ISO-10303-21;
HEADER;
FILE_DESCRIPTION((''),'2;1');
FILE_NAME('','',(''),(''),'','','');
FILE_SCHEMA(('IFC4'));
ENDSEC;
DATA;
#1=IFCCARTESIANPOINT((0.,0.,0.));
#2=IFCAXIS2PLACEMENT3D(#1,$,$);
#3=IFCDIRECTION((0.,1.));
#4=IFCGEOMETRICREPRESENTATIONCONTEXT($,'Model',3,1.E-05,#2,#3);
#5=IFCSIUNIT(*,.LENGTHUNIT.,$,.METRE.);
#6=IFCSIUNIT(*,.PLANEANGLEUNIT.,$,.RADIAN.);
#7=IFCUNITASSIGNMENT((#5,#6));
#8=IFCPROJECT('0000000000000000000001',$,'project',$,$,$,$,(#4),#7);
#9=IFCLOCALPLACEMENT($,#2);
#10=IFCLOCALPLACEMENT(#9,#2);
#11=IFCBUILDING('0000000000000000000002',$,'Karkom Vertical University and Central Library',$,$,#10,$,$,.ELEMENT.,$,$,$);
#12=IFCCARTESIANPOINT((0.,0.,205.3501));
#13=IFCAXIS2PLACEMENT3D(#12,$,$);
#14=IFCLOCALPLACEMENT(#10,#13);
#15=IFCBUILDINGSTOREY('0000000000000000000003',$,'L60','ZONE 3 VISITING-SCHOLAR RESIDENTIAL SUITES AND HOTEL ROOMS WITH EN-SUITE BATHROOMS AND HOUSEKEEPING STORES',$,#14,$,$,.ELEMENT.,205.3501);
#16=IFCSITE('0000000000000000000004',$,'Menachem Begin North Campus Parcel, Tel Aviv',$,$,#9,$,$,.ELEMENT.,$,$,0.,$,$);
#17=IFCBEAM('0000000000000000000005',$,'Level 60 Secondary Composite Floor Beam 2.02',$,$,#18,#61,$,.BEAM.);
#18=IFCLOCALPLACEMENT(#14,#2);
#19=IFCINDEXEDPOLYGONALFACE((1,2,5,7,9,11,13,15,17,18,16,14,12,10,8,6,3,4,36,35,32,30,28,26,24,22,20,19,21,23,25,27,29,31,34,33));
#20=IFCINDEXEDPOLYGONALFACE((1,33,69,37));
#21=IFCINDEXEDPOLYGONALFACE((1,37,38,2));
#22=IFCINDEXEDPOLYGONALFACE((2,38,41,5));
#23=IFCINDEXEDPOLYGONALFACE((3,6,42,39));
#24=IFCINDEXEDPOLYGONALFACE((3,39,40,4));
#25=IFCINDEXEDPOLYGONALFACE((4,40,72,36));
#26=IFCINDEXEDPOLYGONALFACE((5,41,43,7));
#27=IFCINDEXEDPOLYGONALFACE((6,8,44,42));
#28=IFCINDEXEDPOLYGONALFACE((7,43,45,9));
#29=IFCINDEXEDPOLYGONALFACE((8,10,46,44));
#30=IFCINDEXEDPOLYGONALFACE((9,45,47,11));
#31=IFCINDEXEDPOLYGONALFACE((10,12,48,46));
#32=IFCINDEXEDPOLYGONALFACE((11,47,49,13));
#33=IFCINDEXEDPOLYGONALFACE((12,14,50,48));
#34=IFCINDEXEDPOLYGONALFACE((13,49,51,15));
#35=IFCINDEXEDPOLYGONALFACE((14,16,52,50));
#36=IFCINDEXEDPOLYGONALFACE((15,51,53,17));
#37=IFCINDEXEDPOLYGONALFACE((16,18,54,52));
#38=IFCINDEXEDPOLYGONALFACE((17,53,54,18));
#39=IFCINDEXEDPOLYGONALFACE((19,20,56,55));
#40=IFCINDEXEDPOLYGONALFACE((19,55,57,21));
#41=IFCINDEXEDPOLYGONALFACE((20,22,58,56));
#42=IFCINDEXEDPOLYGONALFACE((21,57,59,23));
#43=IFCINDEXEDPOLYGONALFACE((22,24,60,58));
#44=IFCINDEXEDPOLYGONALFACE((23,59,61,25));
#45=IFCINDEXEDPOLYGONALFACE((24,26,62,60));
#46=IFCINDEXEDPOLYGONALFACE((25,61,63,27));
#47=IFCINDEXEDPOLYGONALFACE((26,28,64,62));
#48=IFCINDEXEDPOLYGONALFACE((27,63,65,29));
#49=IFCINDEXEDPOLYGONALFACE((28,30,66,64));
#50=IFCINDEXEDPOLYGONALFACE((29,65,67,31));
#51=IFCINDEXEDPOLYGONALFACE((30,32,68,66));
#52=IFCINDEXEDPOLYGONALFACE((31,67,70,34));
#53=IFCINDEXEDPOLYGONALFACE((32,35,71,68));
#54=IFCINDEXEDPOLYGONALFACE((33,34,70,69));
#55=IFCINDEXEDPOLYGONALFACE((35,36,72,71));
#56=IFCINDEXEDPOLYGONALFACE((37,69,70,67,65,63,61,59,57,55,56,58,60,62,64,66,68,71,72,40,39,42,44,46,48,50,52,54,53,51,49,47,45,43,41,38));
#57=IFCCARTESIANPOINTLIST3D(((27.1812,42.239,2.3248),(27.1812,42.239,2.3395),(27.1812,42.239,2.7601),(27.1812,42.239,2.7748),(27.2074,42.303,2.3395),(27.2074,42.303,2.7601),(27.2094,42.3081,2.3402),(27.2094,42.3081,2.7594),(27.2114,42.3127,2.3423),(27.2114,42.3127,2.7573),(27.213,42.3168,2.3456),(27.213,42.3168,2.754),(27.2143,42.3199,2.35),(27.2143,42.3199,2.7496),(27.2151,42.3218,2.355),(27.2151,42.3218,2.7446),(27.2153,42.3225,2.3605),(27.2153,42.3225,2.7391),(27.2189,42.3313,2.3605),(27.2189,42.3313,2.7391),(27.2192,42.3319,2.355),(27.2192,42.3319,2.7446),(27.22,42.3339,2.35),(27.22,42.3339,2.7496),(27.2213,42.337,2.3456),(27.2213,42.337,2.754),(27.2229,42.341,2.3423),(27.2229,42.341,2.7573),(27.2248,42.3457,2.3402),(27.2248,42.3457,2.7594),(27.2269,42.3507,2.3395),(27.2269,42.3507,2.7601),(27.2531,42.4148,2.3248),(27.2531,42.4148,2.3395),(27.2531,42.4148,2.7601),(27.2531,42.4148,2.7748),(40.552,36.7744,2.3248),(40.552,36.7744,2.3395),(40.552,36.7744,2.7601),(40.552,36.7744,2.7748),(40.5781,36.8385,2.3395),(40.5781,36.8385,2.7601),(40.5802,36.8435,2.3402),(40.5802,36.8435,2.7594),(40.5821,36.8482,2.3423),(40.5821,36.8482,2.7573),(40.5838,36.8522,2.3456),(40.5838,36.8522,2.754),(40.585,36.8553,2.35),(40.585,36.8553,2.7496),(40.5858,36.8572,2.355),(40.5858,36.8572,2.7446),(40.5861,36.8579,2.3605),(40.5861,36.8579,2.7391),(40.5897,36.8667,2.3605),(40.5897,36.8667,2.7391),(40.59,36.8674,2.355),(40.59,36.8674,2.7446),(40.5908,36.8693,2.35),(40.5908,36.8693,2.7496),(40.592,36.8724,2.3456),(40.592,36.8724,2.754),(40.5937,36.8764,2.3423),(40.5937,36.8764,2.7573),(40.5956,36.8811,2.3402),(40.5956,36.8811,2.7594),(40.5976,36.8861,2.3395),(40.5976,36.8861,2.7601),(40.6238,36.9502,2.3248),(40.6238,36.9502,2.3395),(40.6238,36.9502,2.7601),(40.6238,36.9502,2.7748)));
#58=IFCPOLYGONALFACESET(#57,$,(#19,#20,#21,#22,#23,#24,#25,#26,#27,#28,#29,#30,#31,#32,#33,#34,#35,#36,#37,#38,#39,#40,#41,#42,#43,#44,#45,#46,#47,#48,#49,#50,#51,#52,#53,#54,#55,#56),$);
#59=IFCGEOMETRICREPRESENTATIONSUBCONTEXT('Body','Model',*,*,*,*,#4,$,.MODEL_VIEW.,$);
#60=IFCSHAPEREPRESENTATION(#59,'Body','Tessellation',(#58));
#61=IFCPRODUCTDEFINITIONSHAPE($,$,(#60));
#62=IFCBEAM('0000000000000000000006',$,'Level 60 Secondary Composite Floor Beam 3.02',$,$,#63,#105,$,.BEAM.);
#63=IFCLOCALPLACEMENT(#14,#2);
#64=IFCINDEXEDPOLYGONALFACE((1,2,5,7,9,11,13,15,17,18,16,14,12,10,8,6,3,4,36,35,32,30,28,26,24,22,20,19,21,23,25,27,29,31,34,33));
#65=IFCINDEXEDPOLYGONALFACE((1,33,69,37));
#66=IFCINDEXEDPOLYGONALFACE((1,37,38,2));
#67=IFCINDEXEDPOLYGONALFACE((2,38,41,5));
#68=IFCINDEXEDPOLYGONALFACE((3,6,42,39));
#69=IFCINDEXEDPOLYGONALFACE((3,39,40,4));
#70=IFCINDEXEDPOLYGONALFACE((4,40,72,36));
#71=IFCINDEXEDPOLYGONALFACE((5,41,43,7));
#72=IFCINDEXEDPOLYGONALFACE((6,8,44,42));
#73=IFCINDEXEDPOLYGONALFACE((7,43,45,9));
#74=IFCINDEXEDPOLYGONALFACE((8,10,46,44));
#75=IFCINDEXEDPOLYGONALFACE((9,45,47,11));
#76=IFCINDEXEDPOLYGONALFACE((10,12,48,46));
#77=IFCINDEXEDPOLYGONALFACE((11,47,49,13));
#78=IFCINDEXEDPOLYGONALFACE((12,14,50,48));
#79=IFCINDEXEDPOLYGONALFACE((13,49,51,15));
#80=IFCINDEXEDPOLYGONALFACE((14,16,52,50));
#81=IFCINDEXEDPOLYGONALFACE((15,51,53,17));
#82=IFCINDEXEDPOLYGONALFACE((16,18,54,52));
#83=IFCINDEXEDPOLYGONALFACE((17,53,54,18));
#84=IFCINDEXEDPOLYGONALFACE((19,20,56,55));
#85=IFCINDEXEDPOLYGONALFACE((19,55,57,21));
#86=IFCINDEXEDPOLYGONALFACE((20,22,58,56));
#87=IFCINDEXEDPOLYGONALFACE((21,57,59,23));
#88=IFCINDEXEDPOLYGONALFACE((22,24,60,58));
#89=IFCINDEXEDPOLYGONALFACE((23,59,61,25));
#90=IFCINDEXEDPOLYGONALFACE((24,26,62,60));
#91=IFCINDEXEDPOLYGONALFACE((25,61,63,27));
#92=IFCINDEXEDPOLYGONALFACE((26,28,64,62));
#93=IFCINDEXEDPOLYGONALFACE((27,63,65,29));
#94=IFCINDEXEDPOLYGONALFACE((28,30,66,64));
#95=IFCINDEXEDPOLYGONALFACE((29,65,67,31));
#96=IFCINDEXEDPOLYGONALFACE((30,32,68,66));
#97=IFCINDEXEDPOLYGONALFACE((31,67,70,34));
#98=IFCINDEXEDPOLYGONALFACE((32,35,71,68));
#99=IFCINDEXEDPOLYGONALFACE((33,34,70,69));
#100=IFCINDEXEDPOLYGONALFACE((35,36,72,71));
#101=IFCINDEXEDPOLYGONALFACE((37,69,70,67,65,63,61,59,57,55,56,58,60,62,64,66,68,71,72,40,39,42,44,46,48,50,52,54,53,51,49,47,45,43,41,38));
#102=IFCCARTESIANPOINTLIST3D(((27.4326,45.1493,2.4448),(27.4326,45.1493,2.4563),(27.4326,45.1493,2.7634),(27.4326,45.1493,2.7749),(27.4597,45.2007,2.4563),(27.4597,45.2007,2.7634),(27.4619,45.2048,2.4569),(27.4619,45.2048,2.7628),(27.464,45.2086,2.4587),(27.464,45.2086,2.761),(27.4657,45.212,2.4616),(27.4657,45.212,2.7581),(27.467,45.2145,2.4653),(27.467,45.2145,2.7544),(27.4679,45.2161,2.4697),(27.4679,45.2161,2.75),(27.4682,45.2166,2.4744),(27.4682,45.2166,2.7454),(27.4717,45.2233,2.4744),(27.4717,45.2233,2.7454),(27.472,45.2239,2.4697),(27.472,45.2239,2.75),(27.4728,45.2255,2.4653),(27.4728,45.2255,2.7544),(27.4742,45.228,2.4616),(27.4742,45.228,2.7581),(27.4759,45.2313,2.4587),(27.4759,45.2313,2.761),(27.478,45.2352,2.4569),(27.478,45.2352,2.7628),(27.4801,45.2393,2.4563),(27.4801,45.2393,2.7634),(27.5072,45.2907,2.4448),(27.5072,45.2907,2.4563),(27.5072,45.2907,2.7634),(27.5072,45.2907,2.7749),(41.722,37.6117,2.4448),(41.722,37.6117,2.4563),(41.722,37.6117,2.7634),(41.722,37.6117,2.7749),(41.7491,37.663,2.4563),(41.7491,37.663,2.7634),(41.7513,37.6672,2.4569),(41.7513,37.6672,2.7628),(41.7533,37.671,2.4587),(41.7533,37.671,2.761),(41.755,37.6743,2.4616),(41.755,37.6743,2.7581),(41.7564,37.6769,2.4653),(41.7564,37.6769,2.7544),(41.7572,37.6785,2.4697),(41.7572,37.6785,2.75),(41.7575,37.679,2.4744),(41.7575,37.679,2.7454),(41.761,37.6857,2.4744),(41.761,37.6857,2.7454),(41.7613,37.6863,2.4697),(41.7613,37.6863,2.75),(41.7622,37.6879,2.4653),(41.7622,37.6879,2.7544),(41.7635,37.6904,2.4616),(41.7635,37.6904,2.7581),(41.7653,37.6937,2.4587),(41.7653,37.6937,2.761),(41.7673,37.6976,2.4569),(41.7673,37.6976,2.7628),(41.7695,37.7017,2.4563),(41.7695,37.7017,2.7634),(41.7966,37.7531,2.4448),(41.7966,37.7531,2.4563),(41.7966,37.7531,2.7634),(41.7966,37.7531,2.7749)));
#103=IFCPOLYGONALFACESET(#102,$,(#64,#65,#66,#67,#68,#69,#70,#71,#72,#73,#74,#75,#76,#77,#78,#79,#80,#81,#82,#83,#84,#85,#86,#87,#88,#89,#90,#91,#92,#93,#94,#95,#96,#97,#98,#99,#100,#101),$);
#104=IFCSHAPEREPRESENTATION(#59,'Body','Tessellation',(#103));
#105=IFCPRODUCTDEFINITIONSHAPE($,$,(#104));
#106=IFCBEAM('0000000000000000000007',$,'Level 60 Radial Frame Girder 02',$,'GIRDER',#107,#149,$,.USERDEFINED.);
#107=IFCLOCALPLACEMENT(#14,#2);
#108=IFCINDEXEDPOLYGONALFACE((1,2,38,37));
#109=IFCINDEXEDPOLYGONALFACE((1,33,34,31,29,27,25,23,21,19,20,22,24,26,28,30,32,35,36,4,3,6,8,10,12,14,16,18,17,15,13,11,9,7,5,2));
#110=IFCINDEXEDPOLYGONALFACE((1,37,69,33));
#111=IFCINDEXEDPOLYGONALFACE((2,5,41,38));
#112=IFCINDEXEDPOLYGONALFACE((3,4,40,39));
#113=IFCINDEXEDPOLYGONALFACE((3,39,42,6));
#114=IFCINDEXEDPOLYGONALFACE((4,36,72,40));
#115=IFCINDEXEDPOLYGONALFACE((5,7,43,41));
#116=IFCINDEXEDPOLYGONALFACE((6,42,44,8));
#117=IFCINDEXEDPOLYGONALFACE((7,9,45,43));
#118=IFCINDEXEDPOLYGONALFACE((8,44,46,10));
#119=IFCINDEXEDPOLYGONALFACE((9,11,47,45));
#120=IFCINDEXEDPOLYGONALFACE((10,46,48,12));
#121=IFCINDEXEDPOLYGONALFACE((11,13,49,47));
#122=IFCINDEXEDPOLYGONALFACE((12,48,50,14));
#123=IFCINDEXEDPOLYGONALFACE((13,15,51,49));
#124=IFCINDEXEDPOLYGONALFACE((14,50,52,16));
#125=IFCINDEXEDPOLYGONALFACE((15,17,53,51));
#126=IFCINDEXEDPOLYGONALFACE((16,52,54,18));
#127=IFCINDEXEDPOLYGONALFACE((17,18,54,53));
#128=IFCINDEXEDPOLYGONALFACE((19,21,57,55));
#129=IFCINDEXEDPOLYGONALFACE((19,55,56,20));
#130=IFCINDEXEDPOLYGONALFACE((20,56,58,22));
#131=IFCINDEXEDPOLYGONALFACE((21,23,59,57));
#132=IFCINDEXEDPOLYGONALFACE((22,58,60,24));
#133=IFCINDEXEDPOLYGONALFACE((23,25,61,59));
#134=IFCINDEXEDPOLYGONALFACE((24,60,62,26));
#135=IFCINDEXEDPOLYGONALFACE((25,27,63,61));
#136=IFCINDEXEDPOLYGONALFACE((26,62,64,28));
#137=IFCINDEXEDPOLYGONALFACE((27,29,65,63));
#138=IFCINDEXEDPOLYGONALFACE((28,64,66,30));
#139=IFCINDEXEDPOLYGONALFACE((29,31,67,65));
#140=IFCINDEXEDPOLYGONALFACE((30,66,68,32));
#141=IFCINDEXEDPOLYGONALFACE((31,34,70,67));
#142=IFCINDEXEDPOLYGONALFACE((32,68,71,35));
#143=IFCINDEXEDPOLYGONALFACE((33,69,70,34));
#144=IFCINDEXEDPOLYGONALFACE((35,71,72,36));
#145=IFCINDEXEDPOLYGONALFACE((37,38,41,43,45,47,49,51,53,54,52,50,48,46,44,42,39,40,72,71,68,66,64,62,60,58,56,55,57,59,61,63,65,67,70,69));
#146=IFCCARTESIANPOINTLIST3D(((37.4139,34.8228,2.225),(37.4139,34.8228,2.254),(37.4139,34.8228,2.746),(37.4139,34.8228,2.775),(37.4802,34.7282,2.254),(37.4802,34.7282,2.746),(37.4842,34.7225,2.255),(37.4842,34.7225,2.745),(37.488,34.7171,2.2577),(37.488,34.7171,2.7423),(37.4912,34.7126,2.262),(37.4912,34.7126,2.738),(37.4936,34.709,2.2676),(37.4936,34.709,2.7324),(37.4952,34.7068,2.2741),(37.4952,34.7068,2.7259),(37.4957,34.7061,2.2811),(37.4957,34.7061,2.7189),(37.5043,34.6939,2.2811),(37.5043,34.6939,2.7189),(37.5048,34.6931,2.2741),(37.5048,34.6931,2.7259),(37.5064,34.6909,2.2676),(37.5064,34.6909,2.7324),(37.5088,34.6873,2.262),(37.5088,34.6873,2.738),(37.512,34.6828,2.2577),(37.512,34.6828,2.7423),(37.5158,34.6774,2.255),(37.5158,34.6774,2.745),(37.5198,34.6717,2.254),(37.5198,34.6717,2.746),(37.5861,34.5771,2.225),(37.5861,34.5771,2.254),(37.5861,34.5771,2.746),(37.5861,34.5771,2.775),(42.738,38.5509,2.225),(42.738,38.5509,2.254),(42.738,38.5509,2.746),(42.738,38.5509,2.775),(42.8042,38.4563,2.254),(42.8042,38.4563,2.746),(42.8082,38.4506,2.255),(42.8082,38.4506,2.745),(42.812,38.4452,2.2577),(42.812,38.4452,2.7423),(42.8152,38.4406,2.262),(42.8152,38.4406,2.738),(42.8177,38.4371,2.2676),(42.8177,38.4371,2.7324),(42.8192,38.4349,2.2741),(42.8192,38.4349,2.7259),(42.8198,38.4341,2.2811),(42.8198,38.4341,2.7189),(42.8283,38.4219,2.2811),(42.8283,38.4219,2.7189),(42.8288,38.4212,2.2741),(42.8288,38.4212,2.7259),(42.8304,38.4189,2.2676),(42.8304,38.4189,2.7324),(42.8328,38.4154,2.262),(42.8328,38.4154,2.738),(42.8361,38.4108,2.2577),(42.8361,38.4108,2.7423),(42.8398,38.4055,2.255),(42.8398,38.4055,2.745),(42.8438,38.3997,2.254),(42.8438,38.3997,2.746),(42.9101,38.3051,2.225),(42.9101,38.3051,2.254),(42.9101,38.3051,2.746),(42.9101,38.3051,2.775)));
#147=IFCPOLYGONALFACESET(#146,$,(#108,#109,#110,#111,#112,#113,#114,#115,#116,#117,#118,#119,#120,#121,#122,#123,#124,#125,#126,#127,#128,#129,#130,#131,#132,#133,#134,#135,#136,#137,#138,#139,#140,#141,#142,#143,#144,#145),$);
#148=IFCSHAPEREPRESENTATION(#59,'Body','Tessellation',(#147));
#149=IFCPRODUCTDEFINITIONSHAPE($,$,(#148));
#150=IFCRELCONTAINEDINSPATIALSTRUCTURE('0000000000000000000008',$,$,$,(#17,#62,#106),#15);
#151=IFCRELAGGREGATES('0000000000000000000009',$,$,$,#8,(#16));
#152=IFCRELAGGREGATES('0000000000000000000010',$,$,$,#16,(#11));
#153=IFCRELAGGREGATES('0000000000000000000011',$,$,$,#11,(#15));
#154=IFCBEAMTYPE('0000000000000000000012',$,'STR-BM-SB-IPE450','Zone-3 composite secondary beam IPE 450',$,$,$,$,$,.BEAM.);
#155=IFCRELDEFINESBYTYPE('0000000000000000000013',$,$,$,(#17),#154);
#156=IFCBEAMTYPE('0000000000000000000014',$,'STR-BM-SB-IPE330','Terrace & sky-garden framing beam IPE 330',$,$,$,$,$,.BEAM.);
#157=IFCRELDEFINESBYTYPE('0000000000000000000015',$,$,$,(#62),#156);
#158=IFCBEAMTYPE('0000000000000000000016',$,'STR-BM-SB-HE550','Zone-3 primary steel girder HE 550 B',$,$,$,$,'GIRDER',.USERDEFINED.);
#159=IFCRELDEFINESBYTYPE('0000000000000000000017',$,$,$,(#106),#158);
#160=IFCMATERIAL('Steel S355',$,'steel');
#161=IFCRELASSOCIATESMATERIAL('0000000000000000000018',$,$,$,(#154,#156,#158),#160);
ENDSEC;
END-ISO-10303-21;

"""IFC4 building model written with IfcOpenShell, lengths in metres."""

from ifc_helpers import new_model, si_unit, direction, frame, origin, origin_with_axes, origin_2d, place, context, subcontext, project, spatial, i_section, extrude, source, transform, mapped, material, material_profile, profile_set, type_object, element, save


model = new_model("IFC4")

# Units and contexts
model_context = context("Model", 3, precision=1e-05, world=origin(), true_north=direction((0.0, 1.0)))
body_context = subcontext(model_context, "Body", "Model", "MODEL_VIEW")
ifc_project = project(units=[si_unit("LENGTHUNIT", "METRE"), si_unit("PLANEANGLEUNIT", "RADIAN")], contexts=[model_context])

# Site, building, storey
site_placement = place(None, origin())
site = spatial("IfcSite", under=ifc_project, at=site_placement, Name="Menachem Begin North Campus Parcel, Tel Aviv", CompositionType="ELEMENT", RefElevation=0.0)
building_placement = place(site_placement, origin())
building = spatial("IfcBuilding", under=site, at=building_placement, Name="Karkom Vertical University and Central Library", CompositionType="ELEMENT")
storey_placement = place(building_placement, frame((0.0, 0.0, 205.3501)))
storey = spatial("IfcBuildingStorey", under=building, at=storey_placement, Name="L60", Description="ZONE 3 VISITING-SCHOLAR RESIDENTIAL SUITES AND HOTEL ROOMS WITH EN-SUITE BATHROOMS AND HOUSEKEEPING STORES", CompositionType="ELEMENT", Elevation=205.3501)

# Beams
ifc_material_1 = material(Name="Steel S355", Category="steel")
ifc_material_profile_1 = material_profile(ifc_material_1, i_section(OverallWidth=0.1899, OverallDepth=0.45, WebThickness=0.0095, FlangeThickness=0.0146, FilletRadius=0.021, at=origin_2d()), Name="IPE 450")
ifc_profile_set_1 = profile_set([ifc_material_profile_1], Name="Steel S355")
beam_type_1 = type_object("IfcBeamType", Name="STR-BM-SB-IPE450", Description="Zone-3 composite secondary beam IPE 450", PredefinedType="BEAM", material=ifc_profile_set_1)
shared_shape_1 = source(origin_with_axes(), body_context, "Body", "SweptSolid", [
    extrude(i_section(OverallWidth=0.1899, OverallDepth=0.45, WebThickness=0.0095, FlangeThickness=0.0146, FilletRadius=0.021, at=origin_2d()), origin(), (0.0, 0.0, 1.0), 14.4443),
])
beam_1_placement = place(storey_placement, frame((40.5879, 36.8623, 2.5498), z_axis=(-0.925675, 0.378319, 0.0), x_axis=(-0.378319, -0.925675, 0.0)))
element("IfcBeam", 1, at=beam_1_placement, inside=storey, type_object=beam_type_1, Name="Level 60 Secondary Composite Floor Beam 2.02", PredefinedType="BEAM", context=body_context, shape_type="MappedRepresentation", body=[
    mapped(shared_shape_1, transform((0.0, 0.0, 0.0), scale=1.0)),
])
ifc_material_profile_2 = material_profile(ifc_material_1, i_section(OverallWidth=0.1599, OverallDepth=0.3301, WebThickness=0.0076, FlangeThickness=0.0115, FilletRadius=0.0181, at=origin_2d()), Name="IPE 330")
ifc_profile_set_2 = profile_set([ifc_material_profile_2], Name="Steel S355")
beam_type_2 = type_object("IfcBeamType", Name="STR-BM-SB-IPE330", Description="Terrace & sky-garden framing beam IPE 330", PredefinedType="BEAM", material=ifc_profile_set_2)
shared_shape_2 = source(origin_with_axes(), body_context, "Body", "SweptSolid", [
    extrude(i_section(OverallWidth=0.1599, OverallDepth=0.3301, WebThickness=0.0076, FlangeThickness=0.0115, FilletRadius=0.0181, at=origin_2d()), origin(), (0.0, 0.0, 1.0), 16.1555),
])
beam_2_placement = place(storey_placement, frame((41.7593, 37.6824, 2.6099), z_axis=(-0.884486, 0.466566, 0.0), x_axis=(-0.466566, -0.884486, 0.0)))
element("IfcBeam", 2, at=beam_2_placement, inside=storey, type_object=beam_type_2, Name="Level 60 Secondary Composite Floor Beam 3.02", PredefinedType="BEAM", context=body_context, shape_type="MappedRepresentation", body=[
    mapped(shared_shape_2, transform((0.0, 0.0, 0.0), scale=1.0)),
])
ifc_material_profile_3 = material_profile(ifc_material_1, i_section(OverallWidth=0.3, OverallDepth=0.55, WebThickness=0.0149, FlangeThickness=0.0291, FilletRadius=0.0271, at=origin_2d()), Name="HE 550 B")
ifc_profile_set_3 = profile_set([ifc_material_profile_3], Name="Steel S355")
beam_type_3 = type_object("IfcBeamType", Name="STR-BM-SB-HE550", Description="Zone-3 primary steel girder HE 550 B", ElementType="GIRDER", PredefinedType="USERDEFINED", material=ifc_profile_set_3)
shared_shape_3 = source(origin_with_axes(), body_context, "Body", "SweptSolid", [
    extrude(i_section(OverallWidth=0.3, OverallDepth=0.55, WebThickness=0.0149, FlangeThickness=0.0291, FilletRadius=0.0271, at=origin_2d()), origin(), (0.0, 0.0, 1.0), 6.4995),
])
beam_3_placement = place(storey_placement, frame((37.5, 34.7, 2.5), z_axis=(0.819142, 0.573591, 0.0), x_axis=(-0.573591, 0.819142, 0.0)))
element("IfcBeam", 3, at=beam_3_placement, inside=storey, type_object=beam_type_3, Name="Level 60 Radial Frame Girder 02", ObjectType="GIRDER", PredefinedType="USERDEFINED", context=body_context, shape_type="MappedRepresentation", body=[
    mapped(shared_shape_3, transform((0.0, 0.0, 0.0), scale=1.0)),
])

save(model, "model.ifc")
